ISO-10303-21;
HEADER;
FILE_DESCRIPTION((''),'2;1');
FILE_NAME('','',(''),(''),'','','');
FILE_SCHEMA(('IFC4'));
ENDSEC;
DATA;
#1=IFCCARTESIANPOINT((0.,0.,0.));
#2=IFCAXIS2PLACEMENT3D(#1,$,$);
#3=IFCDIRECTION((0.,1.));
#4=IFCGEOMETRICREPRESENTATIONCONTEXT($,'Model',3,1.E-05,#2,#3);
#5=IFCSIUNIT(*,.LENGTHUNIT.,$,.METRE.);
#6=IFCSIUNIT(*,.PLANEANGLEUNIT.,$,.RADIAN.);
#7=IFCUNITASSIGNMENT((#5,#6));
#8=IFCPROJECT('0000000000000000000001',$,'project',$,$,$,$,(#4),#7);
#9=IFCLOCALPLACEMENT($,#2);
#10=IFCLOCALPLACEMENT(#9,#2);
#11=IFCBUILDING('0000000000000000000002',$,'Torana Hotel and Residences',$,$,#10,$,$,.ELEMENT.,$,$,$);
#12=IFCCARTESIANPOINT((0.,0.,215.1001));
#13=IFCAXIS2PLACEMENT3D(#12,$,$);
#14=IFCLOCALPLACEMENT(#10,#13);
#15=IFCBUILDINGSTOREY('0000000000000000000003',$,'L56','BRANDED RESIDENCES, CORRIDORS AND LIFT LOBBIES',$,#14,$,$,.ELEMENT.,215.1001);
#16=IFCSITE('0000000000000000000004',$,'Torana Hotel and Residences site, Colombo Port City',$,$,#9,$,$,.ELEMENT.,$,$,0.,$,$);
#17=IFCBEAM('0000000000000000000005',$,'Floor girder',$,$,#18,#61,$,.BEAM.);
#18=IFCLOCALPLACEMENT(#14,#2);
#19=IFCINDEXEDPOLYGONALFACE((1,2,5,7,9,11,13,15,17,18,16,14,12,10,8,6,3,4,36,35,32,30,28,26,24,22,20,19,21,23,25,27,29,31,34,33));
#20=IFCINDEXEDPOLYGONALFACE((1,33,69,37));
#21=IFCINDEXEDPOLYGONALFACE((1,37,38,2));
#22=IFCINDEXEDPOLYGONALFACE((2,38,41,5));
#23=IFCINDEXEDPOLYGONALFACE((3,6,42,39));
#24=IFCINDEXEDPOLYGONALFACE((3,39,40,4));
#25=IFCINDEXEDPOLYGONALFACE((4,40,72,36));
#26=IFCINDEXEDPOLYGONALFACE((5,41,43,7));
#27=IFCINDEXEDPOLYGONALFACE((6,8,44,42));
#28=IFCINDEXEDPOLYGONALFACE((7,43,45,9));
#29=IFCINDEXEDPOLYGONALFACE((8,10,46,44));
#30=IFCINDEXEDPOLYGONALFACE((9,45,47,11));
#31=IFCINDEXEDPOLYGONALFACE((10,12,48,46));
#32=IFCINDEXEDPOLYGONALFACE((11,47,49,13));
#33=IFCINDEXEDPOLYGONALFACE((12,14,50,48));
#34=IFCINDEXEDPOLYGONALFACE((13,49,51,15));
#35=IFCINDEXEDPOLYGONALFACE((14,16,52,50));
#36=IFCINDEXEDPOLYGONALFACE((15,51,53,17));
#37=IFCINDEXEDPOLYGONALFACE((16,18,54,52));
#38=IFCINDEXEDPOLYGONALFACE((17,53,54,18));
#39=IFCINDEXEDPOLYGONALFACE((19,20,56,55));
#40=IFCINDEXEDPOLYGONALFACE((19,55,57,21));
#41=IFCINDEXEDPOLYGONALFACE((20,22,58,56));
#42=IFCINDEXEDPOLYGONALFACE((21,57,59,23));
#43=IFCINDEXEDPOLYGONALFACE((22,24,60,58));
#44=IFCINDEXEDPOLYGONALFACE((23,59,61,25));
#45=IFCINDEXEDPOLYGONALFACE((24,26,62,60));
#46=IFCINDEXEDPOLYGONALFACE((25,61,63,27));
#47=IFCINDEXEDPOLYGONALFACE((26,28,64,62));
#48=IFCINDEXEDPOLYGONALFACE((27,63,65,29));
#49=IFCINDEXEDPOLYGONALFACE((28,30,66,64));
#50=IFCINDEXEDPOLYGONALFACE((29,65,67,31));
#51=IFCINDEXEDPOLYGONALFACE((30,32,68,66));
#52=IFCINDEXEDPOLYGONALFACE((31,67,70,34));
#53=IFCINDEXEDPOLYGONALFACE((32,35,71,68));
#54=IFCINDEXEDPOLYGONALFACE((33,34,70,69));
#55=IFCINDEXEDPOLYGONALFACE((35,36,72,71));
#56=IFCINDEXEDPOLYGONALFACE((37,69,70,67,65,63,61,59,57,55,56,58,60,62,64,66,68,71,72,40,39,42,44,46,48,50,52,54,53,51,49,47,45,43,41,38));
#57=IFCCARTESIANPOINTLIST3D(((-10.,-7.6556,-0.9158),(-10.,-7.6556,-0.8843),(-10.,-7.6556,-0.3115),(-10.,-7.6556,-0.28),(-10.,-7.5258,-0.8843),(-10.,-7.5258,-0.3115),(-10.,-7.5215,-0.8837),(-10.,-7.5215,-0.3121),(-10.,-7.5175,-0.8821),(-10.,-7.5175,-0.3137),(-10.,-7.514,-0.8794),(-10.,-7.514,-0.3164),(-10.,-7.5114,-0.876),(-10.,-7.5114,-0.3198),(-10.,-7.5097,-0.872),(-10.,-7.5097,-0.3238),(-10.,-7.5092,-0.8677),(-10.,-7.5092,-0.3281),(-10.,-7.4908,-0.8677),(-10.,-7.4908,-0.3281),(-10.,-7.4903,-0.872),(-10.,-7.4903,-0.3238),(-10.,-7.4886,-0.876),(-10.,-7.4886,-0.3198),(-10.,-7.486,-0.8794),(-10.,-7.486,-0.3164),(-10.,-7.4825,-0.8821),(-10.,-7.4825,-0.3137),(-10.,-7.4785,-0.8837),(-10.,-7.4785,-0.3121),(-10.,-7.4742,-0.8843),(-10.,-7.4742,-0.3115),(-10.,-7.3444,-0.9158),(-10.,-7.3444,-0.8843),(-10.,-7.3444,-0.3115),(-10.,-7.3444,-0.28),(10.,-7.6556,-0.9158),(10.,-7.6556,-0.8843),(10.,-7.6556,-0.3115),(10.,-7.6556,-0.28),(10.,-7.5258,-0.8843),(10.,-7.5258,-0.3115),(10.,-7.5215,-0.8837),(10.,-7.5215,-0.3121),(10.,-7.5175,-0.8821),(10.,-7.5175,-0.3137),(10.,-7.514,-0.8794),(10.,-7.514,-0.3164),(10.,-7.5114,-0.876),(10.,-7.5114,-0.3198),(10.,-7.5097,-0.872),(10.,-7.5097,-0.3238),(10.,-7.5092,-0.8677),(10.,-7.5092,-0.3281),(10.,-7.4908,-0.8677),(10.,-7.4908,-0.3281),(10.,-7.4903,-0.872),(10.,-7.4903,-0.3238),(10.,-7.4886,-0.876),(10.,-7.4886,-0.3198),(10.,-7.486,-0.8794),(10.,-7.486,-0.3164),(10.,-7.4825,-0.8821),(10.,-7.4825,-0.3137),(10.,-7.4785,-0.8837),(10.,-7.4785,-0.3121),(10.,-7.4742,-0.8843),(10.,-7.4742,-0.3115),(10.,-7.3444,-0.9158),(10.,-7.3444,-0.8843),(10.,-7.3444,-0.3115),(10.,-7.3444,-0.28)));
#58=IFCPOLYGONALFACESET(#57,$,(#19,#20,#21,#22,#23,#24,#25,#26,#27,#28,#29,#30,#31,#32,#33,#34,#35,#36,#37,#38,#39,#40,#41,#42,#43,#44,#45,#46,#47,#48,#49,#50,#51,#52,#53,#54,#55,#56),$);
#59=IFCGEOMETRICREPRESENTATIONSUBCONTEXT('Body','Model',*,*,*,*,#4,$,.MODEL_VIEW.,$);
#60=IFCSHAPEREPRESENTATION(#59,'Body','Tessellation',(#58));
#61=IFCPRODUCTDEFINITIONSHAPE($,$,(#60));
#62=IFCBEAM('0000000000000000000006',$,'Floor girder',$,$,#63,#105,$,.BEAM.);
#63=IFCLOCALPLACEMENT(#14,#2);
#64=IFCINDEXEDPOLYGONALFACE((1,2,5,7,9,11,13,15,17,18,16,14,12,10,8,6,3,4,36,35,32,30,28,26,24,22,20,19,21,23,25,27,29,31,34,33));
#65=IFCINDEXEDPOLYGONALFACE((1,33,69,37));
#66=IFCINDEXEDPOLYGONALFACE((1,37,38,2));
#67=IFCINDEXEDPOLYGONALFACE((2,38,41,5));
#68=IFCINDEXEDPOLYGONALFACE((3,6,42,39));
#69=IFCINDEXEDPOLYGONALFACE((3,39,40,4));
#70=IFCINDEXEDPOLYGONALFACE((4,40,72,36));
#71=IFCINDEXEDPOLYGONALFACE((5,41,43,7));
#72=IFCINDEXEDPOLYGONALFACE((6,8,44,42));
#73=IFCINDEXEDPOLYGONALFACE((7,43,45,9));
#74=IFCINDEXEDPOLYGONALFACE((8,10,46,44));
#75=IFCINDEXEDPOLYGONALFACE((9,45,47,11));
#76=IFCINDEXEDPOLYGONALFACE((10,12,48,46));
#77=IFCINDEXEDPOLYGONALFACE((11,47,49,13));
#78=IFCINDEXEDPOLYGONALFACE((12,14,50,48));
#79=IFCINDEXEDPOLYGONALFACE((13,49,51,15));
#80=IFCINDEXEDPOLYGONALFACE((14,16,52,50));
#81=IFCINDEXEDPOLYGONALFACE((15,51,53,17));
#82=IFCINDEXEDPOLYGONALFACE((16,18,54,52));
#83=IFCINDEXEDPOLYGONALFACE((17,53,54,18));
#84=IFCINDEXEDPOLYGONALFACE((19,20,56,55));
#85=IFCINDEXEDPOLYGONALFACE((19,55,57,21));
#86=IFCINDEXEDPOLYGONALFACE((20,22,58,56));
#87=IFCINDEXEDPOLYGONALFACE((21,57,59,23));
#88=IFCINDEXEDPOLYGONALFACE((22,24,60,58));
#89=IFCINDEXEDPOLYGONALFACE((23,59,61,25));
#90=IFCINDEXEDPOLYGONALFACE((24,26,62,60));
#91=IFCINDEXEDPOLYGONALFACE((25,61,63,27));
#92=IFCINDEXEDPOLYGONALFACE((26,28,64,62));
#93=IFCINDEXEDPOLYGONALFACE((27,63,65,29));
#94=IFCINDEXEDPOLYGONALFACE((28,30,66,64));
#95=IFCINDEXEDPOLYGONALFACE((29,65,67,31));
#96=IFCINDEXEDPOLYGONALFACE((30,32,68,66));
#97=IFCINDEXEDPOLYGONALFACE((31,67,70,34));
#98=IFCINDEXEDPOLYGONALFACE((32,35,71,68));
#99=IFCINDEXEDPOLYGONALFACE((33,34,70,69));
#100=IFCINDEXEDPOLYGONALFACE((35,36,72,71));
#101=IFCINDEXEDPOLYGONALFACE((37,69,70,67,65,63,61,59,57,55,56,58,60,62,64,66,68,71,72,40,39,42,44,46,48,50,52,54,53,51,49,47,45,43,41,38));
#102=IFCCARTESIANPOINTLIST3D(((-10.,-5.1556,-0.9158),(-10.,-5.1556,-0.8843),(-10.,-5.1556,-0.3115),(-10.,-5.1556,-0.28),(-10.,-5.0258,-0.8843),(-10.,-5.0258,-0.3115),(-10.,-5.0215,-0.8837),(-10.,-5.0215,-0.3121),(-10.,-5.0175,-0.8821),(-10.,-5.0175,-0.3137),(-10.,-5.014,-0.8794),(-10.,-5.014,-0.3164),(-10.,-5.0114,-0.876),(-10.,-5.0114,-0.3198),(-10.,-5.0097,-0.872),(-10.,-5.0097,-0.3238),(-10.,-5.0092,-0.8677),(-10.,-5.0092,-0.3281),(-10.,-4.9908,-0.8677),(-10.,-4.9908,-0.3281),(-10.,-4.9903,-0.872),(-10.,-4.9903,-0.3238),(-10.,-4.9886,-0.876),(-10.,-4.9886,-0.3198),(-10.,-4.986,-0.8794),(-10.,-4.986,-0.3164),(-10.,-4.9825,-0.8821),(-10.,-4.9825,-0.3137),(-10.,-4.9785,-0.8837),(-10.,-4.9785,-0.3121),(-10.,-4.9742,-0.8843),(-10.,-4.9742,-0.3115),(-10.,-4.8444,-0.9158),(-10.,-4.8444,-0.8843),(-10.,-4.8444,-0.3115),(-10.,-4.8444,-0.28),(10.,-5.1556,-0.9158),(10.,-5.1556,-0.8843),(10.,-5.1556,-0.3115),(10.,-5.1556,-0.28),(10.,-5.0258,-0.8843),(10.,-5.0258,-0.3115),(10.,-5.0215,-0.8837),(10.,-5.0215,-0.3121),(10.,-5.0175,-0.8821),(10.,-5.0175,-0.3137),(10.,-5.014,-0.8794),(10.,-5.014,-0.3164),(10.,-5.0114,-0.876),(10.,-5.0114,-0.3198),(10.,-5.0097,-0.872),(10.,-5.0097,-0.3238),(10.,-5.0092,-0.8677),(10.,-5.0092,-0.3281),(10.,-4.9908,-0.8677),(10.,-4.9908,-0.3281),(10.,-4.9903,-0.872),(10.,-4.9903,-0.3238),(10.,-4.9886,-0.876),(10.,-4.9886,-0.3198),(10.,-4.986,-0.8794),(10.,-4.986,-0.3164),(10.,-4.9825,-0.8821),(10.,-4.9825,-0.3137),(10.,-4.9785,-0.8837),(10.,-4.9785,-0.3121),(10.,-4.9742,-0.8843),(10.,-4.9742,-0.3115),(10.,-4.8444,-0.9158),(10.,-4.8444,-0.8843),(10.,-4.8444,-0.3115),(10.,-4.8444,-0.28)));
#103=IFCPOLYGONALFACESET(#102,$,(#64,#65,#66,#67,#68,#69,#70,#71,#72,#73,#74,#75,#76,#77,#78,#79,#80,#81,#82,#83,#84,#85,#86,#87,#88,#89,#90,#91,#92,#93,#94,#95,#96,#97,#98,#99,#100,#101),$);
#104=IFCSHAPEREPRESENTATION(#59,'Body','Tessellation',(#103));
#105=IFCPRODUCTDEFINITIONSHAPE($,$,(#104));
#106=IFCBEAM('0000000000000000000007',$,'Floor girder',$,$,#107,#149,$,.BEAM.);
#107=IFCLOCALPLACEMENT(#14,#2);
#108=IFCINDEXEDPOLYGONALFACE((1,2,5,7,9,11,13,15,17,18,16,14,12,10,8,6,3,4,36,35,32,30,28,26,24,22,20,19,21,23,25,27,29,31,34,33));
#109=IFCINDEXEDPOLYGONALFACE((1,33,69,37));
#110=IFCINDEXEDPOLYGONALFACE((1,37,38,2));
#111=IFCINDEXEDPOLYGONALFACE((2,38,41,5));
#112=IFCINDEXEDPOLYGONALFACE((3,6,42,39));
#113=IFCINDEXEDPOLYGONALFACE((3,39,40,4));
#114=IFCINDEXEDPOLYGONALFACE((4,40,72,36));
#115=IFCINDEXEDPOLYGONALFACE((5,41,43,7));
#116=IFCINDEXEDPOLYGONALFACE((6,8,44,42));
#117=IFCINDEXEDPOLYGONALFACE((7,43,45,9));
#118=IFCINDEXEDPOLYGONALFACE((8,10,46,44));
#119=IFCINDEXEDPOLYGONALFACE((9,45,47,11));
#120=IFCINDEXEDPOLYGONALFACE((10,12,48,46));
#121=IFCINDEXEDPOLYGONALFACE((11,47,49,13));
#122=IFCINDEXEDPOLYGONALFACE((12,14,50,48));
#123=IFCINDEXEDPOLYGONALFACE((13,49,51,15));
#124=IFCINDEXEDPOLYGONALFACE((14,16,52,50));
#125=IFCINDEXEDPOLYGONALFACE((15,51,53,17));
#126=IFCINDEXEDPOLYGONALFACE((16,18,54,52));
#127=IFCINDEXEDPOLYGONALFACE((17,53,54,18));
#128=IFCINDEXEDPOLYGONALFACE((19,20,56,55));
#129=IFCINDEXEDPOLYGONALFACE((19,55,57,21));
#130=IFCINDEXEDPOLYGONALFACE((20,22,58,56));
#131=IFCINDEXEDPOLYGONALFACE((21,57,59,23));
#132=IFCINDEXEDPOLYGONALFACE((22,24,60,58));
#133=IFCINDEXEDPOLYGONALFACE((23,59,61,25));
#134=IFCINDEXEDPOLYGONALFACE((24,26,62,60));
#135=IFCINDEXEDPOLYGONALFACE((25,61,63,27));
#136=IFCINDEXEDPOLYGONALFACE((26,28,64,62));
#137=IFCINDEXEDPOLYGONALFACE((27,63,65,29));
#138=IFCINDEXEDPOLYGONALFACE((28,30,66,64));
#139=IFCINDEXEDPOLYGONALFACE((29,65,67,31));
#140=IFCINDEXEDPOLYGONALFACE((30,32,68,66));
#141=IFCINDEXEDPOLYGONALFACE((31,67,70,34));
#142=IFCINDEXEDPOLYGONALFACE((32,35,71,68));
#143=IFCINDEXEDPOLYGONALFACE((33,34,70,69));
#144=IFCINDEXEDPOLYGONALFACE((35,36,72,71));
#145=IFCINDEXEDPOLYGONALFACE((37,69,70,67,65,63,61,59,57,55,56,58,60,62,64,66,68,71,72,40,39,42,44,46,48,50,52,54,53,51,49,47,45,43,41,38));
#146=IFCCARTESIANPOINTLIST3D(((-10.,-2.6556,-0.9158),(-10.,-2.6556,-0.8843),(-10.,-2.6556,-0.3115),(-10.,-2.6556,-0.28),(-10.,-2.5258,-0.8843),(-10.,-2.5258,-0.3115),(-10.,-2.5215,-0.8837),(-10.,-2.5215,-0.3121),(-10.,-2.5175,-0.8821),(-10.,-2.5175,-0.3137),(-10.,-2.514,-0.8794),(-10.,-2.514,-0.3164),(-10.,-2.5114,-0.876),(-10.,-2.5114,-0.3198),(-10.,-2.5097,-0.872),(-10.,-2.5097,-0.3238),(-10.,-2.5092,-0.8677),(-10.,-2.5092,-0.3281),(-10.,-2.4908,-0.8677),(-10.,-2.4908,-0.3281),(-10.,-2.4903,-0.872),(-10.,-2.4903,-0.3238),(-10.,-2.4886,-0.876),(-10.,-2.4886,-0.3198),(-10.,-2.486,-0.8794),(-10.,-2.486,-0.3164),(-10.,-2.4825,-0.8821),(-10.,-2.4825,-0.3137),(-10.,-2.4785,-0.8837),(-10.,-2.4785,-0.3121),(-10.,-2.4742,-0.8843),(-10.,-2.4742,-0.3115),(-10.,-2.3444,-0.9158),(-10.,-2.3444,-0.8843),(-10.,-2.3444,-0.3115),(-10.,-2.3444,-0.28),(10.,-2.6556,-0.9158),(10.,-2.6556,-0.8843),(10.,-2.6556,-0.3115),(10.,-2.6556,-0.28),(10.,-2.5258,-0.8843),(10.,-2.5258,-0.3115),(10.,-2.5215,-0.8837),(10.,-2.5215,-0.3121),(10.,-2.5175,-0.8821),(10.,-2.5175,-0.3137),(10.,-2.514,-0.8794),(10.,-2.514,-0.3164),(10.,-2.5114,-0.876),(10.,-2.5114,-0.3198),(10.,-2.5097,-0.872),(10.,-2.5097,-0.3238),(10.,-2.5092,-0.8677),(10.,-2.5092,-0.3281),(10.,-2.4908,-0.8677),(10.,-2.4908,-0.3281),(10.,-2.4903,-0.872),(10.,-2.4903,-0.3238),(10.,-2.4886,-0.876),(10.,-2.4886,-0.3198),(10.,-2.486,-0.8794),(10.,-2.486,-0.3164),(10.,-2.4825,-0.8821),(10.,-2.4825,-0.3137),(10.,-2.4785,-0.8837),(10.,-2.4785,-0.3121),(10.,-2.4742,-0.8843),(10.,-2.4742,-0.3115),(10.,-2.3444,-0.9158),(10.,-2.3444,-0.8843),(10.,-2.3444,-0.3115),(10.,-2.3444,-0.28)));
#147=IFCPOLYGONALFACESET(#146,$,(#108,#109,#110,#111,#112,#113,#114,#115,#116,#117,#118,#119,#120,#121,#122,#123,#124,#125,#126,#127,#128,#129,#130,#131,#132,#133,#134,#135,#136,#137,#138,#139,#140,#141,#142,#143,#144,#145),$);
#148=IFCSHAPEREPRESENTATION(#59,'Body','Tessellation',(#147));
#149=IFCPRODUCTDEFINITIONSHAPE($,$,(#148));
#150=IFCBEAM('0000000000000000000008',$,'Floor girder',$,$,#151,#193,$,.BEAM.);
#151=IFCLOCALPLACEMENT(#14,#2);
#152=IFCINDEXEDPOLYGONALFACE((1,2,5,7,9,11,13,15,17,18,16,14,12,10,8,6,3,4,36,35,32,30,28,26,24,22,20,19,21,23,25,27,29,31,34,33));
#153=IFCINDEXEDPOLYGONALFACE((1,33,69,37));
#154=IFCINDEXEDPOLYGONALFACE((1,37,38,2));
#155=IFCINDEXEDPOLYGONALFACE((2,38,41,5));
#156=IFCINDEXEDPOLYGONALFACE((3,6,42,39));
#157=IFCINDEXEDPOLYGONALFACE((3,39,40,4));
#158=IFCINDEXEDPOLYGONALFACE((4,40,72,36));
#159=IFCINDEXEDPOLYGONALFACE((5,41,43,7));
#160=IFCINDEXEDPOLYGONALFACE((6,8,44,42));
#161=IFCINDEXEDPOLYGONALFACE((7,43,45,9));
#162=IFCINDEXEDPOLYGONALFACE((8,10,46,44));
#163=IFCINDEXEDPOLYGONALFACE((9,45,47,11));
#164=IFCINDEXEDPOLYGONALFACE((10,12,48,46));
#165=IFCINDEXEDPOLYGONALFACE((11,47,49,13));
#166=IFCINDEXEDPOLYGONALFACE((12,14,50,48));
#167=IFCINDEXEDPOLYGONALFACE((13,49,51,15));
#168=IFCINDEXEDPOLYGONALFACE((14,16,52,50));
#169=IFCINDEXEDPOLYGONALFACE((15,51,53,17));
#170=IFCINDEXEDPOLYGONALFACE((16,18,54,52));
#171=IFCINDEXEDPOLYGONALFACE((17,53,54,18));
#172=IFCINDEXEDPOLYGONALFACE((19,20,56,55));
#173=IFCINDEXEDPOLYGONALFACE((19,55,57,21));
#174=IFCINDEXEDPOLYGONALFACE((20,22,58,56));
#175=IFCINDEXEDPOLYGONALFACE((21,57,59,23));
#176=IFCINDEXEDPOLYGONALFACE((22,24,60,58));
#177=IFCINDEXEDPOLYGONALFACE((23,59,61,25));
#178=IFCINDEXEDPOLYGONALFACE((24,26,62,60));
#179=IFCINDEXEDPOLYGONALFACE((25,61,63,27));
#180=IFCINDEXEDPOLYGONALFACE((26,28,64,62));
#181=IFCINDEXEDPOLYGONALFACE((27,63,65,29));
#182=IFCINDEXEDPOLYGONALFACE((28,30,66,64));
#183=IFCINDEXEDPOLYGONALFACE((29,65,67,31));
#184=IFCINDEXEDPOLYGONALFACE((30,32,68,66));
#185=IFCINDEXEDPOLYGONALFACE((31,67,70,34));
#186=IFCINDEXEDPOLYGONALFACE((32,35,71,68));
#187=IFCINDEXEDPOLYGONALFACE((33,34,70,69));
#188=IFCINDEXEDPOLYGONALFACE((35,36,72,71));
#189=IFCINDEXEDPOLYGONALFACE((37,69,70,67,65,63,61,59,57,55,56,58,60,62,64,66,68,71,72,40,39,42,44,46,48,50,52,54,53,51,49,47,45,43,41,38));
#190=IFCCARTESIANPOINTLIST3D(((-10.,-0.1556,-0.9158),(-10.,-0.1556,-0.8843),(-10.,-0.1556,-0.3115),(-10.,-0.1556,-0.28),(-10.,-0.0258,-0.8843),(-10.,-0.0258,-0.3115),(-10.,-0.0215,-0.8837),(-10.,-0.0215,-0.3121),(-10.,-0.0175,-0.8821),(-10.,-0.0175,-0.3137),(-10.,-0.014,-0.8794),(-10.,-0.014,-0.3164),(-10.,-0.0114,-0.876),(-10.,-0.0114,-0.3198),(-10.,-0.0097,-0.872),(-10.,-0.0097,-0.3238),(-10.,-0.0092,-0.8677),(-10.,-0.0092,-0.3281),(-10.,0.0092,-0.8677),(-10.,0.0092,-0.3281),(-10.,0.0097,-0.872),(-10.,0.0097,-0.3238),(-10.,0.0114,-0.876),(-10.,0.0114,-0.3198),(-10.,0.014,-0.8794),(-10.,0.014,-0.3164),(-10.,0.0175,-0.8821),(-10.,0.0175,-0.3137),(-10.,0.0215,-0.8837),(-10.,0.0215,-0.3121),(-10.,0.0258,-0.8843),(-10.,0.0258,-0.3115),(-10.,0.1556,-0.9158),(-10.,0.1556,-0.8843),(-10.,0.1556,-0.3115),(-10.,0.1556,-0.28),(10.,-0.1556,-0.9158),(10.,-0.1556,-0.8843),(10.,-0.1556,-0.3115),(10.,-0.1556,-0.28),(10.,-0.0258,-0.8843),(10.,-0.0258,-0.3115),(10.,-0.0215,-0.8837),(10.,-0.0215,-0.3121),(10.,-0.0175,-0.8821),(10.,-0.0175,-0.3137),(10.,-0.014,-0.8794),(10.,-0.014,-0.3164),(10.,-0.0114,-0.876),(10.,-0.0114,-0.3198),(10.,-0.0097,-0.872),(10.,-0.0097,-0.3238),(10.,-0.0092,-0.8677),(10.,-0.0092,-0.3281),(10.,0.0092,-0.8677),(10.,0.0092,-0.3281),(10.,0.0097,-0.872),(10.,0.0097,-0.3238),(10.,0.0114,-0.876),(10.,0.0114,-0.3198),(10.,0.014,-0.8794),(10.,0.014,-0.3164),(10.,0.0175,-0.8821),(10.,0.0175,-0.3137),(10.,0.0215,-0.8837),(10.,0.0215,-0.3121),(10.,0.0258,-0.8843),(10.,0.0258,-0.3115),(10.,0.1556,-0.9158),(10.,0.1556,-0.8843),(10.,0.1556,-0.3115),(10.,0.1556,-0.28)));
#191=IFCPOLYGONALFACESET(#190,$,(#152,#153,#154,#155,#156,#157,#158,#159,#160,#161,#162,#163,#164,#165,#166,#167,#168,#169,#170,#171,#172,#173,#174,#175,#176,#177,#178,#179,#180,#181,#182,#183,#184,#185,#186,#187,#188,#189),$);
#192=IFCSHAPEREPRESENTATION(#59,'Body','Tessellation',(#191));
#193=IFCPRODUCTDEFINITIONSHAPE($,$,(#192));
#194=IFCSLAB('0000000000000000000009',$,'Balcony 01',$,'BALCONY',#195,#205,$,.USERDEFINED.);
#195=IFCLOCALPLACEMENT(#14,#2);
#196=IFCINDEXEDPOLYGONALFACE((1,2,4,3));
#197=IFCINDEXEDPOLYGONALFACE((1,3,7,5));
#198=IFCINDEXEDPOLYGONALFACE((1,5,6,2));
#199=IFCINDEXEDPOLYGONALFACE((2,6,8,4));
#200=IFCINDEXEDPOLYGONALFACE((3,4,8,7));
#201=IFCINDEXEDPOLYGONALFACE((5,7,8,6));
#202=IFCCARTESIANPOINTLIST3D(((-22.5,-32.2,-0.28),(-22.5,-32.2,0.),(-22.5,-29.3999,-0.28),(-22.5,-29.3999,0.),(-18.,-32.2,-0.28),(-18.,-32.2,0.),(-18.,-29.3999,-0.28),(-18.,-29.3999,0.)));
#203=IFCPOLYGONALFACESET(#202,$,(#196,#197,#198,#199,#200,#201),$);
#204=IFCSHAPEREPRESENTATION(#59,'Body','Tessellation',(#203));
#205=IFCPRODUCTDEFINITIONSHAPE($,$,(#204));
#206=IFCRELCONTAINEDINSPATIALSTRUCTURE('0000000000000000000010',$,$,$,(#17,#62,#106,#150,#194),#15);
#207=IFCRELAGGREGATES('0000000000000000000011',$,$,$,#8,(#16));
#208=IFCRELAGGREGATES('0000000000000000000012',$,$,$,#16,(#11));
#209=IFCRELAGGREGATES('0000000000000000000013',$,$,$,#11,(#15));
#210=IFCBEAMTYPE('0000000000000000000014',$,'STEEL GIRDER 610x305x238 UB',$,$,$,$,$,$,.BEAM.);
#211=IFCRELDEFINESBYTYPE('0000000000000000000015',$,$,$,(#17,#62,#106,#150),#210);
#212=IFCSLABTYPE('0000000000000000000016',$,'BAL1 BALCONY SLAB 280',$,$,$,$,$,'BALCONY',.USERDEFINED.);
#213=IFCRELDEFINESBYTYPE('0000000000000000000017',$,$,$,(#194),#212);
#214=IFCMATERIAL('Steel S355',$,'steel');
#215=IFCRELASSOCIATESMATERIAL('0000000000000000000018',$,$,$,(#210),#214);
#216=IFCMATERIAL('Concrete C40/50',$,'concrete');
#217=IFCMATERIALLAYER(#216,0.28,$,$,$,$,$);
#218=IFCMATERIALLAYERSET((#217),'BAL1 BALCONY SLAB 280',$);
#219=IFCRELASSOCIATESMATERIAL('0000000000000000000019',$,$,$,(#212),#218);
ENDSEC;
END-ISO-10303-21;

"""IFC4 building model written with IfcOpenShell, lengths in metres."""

from ifc_helpers import new_model, si_unit, direction, frame, origin, origin_2d, place, context, subcontext, project, spatial, polyline, i_section, outline, extrude, material, layer, layer_set, material_profile, profile_set, type_object, element, save


model = new_model("IFC4")

# Units and contexts
model_context = context("Model", 3, precision=1e-05, world=origin(), true_north=direction((0.0, 1.0)))
body_context = subcontext(model_context, "Body", "Model", "MODEL_VIEW")
ifc_project = project(units=[si_unit("LENGTHUNIT", "METRE"), si_unit("PLANEANGLEUNIT", "RADIAN")], contexts=[model_context])

# Site, building, storey
site_placement = place(None, origin())
site = spatial("IfcSite", under=ifc_project, at=site_placement, Name="Torana Hotel and Residences site, Colombo Port City", CompositionType="ELEMENT", RefElevation=0.0)
building_placement = place(site_placement, origin())
building = spatial("IfcBuilding", under=site, at=building_placement, Name="Torana Hotel and Residences", CompositionType="ELEMENT")
storey_placement = place(building_placement, frame((0.0, 0.0, 215.1001)))
storey = spatial("IfcBuildingStorey", under=building, at=storey_placement, Name="L56", Description="BRANDED RESIDENCES, CORRIDORS AND LIFT LOBBIES", CompositionType="ELEMENT", Elevation=215.1001)

# Beams
ifc_material_1 = material(Name="Steel S355", Category="steel")
ifc_material_profile = material_profile(ifc_material_1, i_section(OverallWidth=0.3113, OverallDepth=0.6357, WebThickness=0.0183, FlangeThickness=0.0315, FilletRadius=0.0166, at=origin_2d()), Name="610x305x238 UB")
ifc_profile_set = profile_set([ifc_material_profile], Name="Steel S355")
beam_type = type_object("IfcBeamType", Name="STEEL GIRDER 610x305x238 UB", PredefinedType="BEAM", material=ifc_profile_set)
for number, where, z_axis, x_axis, name in (
    (1, (-10.0, -7.5, -0.5979), (1.0, 0.0, 0.0), (0.0, 1.0, 0.0), "Floor girder"),
    (2, (-10.0, -5.0, -0.5979), (1.0, 0.0, 0.0), (0.0, 1.0, 0.0), "Floor girder"),
    (3, (-10.0, -2.5, -0.5979), (1.0, 0.0, 0.0), (0.0, 1.0, 0.0), "Floor girder"),
    (4, (-10.0, 0.0, -0.5979), (1.0, 0.0, 0.0), (0.0, 1.0, 0.0), "Floor girder"),
):
    element("IfcBeam", number, at=place(storey_placement, frame(where, z_axis=z_axis, x_axis=x_axis)), inside=storey, type_object=beam_type, Name=name, PredefinedType="BEAM", context=body_context, shape_type="SweptSolid", body=[
        extrude(i_section(OverallWidth=0.3113, OverallDepth=0.6357, WebThickness=0.0183, FlangeThickness=0.0315, FilletRadius=0.0166, at=origin_2d()), origin(), (0.0, 0.0, 1.0), 20.0),
    ])

# Slab
ifc_material_2 = material(Name="Concrete C40/50", Category="concrete")
ifc_layer_1 = layer(ifc_material_2, 0.28)
ifc_layer_set_1 = layer_set([ifc_layer_1], Name="BAL1 BALCONY SLAB 280")
slab_type_1 = type_object("IfcSlabType", Name="BAL1 BALCONY SLAB 280", ElementType="BALCONY", PredefinedType="USERDEFINED", material=ifc_layer_set_1)
slab_1_placement = place(storey_placement, frame((0.0, 0.0, -0.28)))
element("IfcSlab", 5, at=slab_1_placement, inside=storey, type_object=slab_type_1, Name="Balcony 01", ObjectType="BALCONY", PredefinedType="USERDEFINED", context=body_context, shape_type="SweptSolid", body=[
    extrude(outline(polyline([(-22.5, -32.2), (-18.0, -32.2), (-18.0, -29.3999), (-22.5, -29.3999), (-22.5, -32.2)])), origin(), (0.0, 0.0, 1.0), 0.28),
])

save(model, "model.ifc")
